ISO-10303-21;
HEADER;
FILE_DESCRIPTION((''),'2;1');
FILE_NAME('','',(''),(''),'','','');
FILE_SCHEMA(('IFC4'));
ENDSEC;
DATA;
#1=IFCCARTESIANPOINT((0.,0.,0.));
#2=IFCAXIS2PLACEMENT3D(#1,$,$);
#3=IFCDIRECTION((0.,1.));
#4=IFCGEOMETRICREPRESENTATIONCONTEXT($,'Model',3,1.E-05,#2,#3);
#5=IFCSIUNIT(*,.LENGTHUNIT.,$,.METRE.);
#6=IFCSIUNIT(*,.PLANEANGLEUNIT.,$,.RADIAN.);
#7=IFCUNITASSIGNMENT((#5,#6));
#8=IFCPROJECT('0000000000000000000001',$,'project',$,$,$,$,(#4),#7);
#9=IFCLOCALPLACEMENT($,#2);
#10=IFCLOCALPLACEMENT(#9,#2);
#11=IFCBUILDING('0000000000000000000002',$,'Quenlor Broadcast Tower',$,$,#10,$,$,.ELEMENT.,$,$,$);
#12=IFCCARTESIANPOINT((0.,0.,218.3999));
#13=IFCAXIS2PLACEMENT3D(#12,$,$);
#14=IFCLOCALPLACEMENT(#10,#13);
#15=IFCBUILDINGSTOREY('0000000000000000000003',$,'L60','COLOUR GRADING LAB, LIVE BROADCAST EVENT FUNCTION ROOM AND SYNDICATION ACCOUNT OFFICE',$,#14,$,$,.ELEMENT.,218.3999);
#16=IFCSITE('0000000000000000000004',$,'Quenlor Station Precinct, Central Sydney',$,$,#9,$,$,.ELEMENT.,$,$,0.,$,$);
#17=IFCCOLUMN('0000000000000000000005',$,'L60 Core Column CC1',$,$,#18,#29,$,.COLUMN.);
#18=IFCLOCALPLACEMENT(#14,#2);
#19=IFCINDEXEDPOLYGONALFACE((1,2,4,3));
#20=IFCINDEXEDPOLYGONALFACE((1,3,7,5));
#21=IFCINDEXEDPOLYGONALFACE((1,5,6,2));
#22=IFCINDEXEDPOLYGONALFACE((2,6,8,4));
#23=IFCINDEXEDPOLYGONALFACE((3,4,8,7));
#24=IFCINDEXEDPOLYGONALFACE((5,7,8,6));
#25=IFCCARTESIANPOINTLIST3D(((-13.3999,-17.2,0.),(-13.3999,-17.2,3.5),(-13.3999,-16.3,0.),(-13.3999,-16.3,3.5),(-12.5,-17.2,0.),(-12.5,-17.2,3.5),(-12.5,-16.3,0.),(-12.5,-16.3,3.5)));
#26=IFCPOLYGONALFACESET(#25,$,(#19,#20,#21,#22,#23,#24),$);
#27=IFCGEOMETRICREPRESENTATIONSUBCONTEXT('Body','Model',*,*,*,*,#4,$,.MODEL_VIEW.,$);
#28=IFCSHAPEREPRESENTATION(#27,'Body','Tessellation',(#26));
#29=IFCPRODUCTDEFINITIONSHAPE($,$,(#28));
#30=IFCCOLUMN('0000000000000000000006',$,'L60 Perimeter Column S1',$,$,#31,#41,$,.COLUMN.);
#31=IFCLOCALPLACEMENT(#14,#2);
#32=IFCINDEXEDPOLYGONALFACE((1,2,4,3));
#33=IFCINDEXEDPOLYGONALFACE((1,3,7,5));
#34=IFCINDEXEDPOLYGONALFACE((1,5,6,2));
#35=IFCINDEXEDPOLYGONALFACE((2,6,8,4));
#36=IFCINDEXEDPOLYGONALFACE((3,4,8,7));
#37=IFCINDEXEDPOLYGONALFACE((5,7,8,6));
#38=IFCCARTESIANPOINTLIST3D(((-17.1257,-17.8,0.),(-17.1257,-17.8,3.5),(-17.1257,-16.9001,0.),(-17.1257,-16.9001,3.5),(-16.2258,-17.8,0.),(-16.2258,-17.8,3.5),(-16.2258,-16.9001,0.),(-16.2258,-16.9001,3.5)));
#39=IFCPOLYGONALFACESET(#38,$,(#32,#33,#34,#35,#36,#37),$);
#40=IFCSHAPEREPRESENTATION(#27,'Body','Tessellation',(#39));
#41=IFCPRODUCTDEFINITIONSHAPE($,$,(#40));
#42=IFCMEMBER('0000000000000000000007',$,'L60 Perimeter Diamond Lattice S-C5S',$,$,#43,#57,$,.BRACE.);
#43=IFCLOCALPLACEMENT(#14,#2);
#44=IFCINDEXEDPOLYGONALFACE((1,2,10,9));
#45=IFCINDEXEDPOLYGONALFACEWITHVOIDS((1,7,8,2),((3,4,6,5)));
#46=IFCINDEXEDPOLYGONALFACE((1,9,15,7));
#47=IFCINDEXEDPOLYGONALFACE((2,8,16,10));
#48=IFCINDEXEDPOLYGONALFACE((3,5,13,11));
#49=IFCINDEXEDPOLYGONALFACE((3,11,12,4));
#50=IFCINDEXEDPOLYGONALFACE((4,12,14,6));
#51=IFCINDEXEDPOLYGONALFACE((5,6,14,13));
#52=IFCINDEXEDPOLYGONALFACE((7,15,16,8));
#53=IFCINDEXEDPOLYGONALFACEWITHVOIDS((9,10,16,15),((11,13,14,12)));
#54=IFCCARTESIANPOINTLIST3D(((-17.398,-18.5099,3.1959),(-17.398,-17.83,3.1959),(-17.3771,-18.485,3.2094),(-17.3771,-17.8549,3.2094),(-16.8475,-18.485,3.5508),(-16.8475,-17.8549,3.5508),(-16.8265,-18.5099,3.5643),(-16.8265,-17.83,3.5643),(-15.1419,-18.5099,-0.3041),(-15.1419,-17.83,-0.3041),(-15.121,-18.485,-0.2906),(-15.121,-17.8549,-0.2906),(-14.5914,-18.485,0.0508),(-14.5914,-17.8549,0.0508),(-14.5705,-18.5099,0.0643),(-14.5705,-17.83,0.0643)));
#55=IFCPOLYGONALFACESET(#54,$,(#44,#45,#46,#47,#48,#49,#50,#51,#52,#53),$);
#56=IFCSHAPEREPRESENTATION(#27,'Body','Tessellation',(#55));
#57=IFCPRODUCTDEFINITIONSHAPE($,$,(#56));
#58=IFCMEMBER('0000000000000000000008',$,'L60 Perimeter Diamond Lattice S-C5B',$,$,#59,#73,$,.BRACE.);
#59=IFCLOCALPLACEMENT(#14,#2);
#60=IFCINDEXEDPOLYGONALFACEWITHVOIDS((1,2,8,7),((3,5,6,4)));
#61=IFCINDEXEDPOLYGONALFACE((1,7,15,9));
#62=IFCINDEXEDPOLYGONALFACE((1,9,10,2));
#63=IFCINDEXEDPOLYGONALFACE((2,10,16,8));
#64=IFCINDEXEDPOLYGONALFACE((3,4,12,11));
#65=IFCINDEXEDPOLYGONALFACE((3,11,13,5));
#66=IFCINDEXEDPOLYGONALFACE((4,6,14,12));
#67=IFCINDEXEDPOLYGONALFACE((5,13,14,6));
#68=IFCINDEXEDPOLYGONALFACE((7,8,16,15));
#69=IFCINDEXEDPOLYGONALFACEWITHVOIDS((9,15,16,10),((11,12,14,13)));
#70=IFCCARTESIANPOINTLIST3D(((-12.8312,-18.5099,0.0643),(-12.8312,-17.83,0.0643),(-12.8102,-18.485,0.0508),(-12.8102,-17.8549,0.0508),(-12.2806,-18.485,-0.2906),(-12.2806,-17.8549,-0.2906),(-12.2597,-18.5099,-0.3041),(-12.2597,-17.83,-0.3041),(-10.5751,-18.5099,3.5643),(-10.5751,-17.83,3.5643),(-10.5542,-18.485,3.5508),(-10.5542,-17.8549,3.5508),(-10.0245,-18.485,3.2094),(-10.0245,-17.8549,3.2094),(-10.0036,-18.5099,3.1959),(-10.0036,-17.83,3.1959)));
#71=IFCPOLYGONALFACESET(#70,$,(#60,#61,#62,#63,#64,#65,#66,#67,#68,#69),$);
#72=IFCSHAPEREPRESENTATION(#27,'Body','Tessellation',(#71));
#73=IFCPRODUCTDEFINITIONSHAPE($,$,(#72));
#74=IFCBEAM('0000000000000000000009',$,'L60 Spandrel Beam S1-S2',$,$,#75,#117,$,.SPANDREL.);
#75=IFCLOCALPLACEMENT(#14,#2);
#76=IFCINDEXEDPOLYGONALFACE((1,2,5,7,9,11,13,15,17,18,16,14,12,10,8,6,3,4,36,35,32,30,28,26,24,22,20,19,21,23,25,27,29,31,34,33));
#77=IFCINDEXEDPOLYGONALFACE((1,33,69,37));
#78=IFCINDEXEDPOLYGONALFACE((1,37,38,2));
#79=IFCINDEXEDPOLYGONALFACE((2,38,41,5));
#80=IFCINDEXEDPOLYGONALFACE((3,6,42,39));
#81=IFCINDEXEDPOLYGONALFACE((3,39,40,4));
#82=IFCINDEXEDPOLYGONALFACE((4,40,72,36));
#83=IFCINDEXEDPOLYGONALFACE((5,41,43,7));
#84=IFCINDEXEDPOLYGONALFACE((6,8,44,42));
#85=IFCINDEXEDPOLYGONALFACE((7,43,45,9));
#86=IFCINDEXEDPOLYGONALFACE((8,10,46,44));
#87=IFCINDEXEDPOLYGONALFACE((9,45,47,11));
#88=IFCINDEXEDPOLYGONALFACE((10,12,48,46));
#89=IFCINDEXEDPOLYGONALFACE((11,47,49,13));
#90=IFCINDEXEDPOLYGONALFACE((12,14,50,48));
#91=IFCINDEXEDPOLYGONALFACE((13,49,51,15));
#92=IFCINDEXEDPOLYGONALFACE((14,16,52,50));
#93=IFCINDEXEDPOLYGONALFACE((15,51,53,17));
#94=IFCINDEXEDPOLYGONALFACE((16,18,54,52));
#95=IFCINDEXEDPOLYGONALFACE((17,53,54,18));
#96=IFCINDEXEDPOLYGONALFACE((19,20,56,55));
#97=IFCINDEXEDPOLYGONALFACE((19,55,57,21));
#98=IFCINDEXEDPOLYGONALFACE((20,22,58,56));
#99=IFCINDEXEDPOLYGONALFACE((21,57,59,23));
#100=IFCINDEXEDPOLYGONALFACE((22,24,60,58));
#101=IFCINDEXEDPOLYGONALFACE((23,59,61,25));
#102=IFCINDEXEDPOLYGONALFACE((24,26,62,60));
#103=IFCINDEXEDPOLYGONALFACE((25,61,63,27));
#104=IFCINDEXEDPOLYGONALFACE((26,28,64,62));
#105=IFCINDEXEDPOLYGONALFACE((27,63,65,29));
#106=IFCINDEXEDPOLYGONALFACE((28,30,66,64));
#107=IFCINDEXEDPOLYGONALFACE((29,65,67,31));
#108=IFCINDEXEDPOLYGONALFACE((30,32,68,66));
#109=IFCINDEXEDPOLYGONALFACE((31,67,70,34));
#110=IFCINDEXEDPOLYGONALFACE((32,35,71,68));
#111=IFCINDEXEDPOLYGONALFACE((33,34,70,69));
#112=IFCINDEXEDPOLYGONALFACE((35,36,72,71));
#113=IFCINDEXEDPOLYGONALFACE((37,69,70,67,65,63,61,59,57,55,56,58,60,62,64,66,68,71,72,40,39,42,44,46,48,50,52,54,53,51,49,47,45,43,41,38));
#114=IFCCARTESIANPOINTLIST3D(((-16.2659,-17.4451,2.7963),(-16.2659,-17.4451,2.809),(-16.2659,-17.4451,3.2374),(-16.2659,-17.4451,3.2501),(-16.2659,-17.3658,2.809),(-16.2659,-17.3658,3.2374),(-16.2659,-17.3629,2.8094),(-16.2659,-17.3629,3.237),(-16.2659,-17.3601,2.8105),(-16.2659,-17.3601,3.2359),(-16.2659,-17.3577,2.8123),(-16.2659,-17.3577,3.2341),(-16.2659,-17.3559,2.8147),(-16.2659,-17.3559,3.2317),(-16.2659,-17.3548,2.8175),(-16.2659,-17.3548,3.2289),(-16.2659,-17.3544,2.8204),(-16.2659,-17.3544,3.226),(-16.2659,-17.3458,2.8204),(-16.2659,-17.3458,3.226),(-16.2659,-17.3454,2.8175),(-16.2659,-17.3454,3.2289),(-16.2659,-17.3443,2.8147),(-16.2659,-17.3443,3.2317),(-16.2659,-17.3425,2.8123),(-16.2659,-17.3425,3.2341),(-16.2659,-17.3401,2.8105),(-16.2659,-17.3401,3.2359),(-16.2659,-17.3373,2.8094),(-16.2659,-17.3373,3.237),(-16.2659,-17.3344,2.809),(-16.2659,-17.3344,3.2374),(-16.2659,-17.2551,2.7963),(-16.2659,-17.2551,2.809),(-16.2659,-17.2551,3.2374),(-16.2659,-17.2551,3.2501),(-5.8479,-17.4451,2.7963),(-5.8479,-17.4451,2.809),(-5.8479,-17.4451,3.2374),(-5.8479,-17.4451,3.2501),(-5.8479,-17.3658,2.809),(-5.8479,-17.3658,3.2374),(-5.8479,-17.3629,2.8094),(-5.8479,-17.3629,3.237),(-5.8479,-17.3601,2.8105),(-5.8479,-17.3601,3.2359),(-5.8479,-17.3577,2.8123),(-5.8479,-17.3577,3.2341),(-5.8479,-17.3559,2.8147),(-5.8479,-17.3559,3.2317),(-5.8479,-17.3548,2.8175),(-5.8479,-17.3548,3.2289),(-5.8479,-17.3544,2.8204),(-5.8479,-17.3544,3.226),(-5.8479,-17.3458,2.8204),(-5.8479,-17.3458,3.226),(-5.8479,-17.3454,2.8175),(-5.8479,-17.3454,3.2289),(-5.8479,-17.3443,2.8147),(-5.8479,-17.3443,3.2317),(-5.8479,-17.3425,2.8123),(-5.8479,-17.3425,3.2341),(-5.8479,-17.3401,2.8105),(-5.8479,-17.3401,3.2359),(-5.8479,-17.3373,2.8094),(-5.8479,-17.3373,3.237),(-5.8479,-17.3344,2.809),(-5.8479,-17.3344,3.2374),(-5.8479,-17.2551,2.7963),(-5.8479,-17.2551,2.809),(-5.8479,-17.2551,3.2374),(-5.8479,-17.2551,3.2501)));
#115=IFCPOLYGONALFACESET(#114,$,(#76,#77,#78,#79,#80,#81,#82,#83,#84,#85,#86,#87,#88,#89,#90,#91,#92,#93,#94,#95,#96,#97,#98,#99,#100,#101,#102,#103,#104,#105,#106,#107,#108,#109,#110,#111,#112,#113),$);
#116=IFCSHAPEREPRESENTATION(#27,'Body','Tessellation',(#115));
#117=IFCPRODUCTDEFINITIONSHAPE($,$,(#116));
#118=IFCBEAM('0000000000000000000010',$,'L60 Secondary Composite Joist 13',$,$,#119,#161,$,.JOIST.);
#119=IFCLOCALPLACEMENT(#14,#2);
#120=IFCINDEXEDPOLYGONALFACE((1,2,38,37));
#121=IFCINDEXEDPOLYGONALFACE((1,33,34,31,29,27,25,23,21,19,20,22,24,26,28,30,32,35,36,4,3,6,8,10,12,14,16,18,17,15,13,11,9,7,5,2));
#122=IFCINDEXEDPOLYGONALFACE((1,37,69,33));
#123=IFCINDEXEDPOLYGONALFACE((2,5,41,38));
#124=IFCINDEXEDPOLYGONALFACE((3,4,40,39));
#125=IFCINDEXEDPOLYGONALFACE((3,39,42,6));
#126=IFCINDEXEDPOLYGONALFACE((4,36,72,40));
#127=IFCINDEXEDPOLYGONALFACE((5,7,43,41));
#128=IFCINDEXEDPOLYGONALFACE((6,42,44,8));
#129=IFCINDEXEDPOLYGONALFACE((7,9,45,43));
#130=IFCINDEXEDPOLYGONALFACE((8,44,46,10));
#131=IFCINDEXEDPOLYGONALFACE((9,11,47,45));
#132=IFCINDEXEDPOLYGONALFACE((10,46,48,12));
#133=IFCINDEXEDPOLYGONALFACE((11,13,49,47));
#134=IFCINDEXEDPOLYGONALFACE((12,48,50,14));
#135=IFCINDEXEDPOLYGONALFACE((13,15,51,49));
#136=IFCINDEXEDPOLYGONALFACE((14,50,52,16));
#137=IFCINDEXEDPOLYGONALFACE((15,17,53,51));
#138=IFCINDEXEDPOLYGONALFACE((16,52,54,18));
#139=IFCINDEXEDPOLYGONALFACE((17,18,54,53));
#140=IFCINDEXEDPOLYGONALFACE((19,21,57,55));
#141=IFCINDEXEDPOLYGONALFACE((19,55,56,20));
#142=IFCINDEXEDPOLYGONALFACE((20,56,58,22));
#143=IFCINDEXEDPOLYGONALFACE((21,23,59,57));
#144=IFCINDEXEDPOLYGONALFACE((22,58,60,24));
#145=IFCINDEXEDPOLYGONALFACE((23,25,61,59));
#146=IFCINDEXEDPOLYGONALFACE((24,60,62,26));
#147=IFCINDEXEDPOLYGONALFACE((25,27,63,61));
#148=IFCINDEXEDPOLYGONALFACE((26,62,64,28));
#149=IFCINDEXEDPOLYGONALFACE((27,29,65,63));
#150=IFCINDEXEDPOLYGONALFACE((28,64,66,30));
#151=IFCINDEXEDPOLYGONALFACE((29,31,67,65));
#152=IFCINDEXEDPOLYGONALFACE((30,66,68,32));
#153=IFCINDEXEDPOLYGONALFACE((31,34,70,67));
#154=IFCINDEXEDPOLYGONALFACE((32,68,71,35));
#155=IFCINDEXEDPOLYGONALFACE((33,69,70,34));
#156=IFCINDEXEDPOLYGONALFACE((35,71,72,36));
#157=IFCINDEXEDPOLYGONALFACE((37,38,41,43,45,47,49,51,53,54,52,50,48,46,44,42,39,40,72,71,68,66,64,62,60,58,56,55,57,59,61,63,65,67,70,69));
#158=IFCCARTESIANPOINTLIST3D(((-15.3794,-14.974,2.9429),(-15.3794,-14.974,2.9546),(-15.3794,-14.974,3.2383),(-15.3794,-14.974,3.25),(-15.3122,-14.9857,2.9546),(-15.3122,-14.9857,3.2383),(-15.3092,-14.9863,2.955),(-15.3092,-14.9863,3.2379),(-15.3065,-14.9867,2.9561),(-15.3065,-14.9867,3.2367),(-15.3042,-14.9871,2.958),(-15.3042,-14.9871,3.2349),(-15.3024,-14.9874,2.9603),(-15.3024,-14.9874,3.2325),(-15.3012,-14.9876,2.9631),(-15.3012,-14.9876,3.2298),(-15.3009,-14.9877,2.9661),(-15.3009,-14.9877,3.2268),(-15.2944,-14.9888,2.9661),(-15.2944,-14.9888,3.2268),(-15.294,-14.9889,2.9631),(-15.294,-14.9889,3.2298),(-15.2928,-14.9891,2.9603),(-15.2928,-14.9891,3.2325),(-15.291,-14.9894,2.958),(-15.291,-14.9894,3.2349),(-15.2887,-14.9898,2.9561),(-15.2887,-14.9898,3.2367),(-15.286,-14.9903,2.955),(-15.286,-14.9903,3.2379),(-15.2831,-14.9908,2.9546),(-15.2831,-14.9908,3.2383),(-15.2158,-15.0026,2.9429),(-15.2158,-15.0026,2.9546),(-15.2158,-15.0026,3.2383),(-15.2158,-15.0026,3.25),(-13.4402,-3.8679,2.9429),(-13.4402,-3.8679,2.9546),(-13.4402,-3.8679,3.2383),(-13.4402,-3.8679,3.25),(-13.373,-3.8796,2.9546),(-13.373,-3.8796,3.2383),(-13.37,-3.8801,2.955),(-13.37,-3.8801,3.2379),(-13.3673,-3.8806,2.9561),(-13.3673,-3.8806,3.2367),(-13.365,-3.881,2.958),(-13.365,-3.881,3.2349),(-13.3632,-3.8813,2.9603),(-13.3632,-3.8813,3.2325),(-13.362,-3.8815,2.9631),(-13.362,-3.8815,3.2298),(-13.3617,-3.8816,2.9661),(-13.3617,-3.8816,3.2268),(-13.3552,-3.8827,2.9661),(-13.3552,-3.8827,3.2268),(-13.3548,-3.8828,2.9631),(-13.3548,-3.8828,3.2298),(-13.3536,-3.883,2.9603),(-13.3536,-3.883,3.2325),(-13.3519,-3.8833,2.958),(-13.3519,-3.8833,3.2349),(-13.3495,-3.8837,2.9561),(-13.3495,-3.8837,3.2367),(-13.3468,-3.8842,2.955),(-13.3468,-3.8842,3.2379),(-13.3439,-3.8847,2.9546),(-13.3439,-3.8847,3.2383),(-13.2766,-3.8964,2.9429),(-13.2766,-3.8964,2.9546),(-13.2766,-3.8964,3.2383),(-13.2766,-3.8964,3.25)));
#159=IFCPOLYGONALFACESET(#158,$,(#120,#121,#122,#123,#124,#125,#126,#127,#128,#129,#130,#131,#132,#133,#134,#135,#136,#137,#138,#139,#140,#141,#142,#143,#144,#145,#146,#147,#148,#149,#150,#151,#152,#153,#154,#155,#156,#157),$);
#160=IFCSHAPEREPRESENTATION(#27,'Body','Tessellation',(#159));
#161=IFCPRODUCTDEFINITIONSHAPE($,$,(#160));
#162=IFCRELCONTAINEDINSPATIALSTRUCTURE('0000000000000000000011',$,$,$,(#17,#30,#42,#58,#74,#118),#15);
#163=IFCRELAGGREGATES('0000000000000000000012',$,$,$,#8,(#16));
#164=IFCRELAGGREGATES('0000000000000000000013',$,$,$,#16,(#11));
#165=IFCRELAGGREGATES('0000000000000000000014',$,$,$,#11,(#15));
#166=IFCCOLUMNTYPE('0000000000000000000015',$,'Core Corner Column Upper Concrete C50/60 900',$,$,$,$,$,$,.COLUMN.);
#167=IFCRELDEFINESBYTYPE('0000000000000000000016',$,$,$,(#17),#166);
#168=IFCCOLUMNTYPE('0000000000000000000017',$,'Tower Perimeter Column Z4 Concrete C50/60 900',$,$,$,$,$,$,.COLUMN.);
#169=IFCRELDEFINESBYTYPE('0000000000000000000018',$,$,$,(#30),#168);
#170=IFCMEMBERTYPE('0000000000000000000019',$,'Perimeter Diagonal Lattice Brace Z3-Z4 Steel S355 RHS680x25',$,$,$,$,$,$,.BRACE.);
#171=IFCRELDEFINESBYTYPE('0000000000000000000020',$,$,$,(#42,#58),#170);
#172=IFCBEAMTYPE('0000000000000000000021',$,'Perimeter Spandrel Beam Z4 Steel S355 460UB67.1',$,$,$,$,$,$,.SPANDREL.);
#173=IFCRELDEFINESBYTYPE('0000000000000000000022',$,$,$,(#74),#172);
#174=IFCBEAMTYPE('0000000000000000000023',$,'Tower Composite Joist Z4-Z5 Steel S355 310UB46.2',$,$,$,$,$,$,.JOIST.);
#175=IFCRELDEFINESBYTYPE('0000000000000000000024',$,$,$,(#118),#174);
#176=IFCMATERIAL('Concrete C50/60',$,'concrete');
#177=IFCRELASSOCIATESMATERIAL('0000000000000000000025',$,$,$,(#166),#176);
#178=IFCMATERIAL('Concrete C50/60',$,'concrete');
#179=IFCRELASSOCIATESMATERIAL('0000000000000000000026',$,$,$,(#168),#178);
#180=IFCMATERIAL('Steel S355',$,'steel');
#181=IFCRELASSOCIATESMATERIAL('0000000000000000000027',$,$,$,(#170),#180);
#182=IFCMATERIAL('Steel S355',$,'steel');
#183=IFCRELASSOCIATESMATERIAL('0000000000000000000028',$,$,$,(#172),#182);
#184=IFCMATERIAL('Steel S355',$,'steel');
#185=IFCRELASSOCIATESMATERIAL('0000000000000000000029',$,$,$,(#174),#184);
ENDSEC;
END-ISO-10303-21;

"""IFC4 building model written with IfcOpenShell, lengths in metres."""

from ifc_helpers import new_model, si_unit, direction, frame, origin, origin_2d, place, context, subcontext, project, spatial, rectangle, hollow_rectangle, i_section, extrude, material, material_profile, profile_set, type_object, element, save


model = new_model("IFC4")

# Units and contexts
model_context = context("Model", 3, precision=1e-05, world=origin(), true_north=direction((0.0, 1.0)))
body_context = subcontext(model_context, "Body", "Model", "MODEL_VIEW")
ifc_project = project(units=[si_unit("LENGTHUNIT", "METRE"), si_unit("PLANEANGLEUNIT", "RADIAN")], contexts=[model_context])

# Site, building, storey
site_placement = place(None, origin())
site = spatial("IfcSite", under=ifc_project, at=site_placement, Name="Quenlor Station Precinct, Central Sydney", CompositionType="ELEMENT", RefElevation=0.0)
building_placement = place(site_placement, origin())
building = spatial("IfcBuilding", under=site, at=building_placement, Name="Quenlor Broadcast Tower", CompositionType="ELEMENT")
storey_placement = place(building_placement, frame((0.0, 0.0, 218.3999)))
storey = spatial("IfcBuildingStorey", under=building, at=storey_placement, Name="L60", Description="COLOUR GRADING LAB, LIVE BROADCAST EVENT FUNCTION ROOM AND SYNDICATION ACCOUNT OFFICE", CompositionType="ELEMENT", Elevation=218.3999)

# Columns
ifc_material_1 = material(Name="Concrete C50/60", Category="concrete")
ifc_material_profile_1 = material_profile(ifc_material_1, rectangle(XDim=0.8999, YDim=0.8999, at=origin_2d()))
ifc_profile_set_1 = profile_set([ifc_material_profile_1], Name="Concrete C50/60 RC900x900")
column_type_1 = type_object("IfcColumnType", Name="Core Corner Column Upper Concrete C50/60 900", PredefinedType="COLUMN", material=ifc_profile_set_1)
column_1_placement = place(storey_placement, frame((-12.95, -16.75, 0.0), z_axis=(0.0, 0.0, 1.0), x_axis=(1.0, 0.0, 0.0)))
element("IfcColumn", 1, at=column_1_placement, inside=storey, type_object=column_type_1, Name="L60 Core Column CC1", PredefinedType="COLUMN", context=body_context, shape_type="SweptSolid", body=[
    extrude(rectangle(XDim=0.8999, YDim=0.8999, at=origin_2d()), origin(), (0.0, 0.0, 1.0), 3.5),
])
ifc_material_2 = material(Name="Concrete C50/60", Category="concrete")
ifc_material_profile_2 = material_profile(ifc_material_2, rectangle(XDim=0.8999, YDim=0.8999, at=origin_2d()))
ifc_profile_set_2 = profile_set([ifc_material_profile_2], Name="Concrete C50/60 RC900x900")
column_type_2 = type_object("IfcColumnType", Name="Tower Perimeter Column Z4 Concrete C50/60 900", PredefinedType="COLUMN", material=ifc_profile_set_2)
column_2_placement = place(storey_placement, frame((-16.6758, -17.3501, 0.0), z_axis=(0.0, 0.0, 1.0), x_axis=(0.0, 1.0, 0.0)))
element("IfcColumn", 2, at=column_2_placement, inside=storey, type_object=column_type_2, Name="L60 Perimeter Column S1", PredefinedType="COLUMN", context=body_context, shape_type="SweptSolid", body=[
    extrude(rectangle(XDim=0.8999, YDim=0.8999, at=origin_2d()), origin(), (0.0, 0.0, 1.0), 3.5),
])

# Members
ifc_material_3 = material(Name="Steel S355", Category="steel")
ifc_material_profile_3 = material_profile(ifc_material_3, hollow_rectangle(XDim=0.6799, YDim=0.6799, WallThickness=0.0249, at=origin_2d()))
ifc_profile_set_3 = profile_set([ifc_material_profile_3], Name="Steel S355 RHS680x680x25")
member_type = type_object("IfcMemberType", Name="Perimeter Diagonal Lattice Brace Z3-Z4 Steel S355 RHS680x25", PredefinedType="BRACE", material=ifc_profile_set_3)
for number, where, z_axis, x_axis, name in (
    (3, (-14.8562, -18.1699, -0.1199), (-0.541794, 0.0, 0.840511), (0.0, -1.0, 0.0), "L60 Perimeter Diamond Lattice S-C5S"),
    (4, (-12.5454, -18.1699, -0.1199), (0.541794, 0.0, 0.840511), (0.0, 1.0, 0.0), "L60 Perimeter Diamond Lattice S-C5B"),
):
    element("IfcMember", number, at=place(storey_placement, frame(where, z_axis=z_axis, x_axis=x_axis)), inside=storey, type_object=member_type, Name=name, PredefinedType="BRACE", context=body_context, shape_type="SweptSolid", body=[
        extrude(hollow_rectangle(XDim=0.6799, YDim=0.6799, WallThickness=0.0249, at=origin_2d()), origin(), (0.0, 0.0, 1.0), 4.1641),
    ])

# Beams
ifc_material_4 = material(Name="Steel S355", Category="steel")
ifc_material_profile_4 = material_profile(ifc_material_4, i_section(OverallWidth=0.1899, OverallDepth=0.4539, WebThickness=0.0085, FlangeThickness=0.0127, FilletRadius=0.0115, at=origin_2d()))
ifc_profile_set_4 = profile_set([ifc_material_profile_4], Name="Steel S355 460UB67.1")
beam_type_1 = type_object("IfcBeamType", Name="Perimeter Spandrel Beam Z4 Steel S355 460UB67.1", PredefinedType="SPANDREL", material=ifc_profile_set_4)
beam_1_placement = place(storey_placement, frame((-16.2659, -17.3501, 3.0232), z_axis=(1.0, 0.0, 0.0), x_axis=(0.0, 1.0, 0.0)))
element("IfcBeam", 5, at=beam_1_placement, inside=storey, type_object=beam_type_1, Name="L60 Spandrel Beam S1-S2", PredefinedType="SPANDREL", context=body_context, shape_type="SweptSolid", body=[
    extrude(i_section(OverallWidth=0.1899, OverallDepth=0.4539, WebThickness=0.0085, FlangeThickness=0.0127, FilletRadius=0.0115, at=origin_2d()), origin(), (0.0, 0.0, 1.0), 10.418),
])
ifc_material_5 = material(Name="Steel S355", Category="steel")
ifc_material_profile_5 = material_profile(ifc_material_5, i_section(OverallWidth=0.166, OverallDepth=0.3071, WebThickness=0.0066, FlangeThickness=0.0117, FilletRadius=0.0115, at=origin_2d()))
ifc_profile_set_5 = profile_set([ifc_material_profile_5], Name="Steel S355 310UB46.2")
beam_type_2 = type_object("IfcBeamType", Name="Tower Composite Joist Z4-Z5 Steel S355 310UB46.2", PredefinedType="JOIST", material=ifc_profile_set_5)
beam_2_placement = place(storey_placement, frame((-15.2976, -14.9883, 3.0964), z_axis=(0.172004, 0.985096, 0.0), x_axis=(-0.985096, 0.172004, 0.0)))
element("IfcBeam", 6, at=beam_2_placement, inside=storey, type_object=beam_type_2, Name="L60 Secondary Composite Joist 13", PredefinedType="JOIST", context=body_context, shape_type="SweptSolid", body=[
    extrude(i_section(OverallWidth=0.166, OverallDepth=0.3071, WebThickness=0.0066, FlangeThickness=0.0117, FilletRadius=0.0115, at=origin_2d()), origin(), (0.0, 0.0, 1.0), 11.2742),
])

save(model, "model.ifc")
